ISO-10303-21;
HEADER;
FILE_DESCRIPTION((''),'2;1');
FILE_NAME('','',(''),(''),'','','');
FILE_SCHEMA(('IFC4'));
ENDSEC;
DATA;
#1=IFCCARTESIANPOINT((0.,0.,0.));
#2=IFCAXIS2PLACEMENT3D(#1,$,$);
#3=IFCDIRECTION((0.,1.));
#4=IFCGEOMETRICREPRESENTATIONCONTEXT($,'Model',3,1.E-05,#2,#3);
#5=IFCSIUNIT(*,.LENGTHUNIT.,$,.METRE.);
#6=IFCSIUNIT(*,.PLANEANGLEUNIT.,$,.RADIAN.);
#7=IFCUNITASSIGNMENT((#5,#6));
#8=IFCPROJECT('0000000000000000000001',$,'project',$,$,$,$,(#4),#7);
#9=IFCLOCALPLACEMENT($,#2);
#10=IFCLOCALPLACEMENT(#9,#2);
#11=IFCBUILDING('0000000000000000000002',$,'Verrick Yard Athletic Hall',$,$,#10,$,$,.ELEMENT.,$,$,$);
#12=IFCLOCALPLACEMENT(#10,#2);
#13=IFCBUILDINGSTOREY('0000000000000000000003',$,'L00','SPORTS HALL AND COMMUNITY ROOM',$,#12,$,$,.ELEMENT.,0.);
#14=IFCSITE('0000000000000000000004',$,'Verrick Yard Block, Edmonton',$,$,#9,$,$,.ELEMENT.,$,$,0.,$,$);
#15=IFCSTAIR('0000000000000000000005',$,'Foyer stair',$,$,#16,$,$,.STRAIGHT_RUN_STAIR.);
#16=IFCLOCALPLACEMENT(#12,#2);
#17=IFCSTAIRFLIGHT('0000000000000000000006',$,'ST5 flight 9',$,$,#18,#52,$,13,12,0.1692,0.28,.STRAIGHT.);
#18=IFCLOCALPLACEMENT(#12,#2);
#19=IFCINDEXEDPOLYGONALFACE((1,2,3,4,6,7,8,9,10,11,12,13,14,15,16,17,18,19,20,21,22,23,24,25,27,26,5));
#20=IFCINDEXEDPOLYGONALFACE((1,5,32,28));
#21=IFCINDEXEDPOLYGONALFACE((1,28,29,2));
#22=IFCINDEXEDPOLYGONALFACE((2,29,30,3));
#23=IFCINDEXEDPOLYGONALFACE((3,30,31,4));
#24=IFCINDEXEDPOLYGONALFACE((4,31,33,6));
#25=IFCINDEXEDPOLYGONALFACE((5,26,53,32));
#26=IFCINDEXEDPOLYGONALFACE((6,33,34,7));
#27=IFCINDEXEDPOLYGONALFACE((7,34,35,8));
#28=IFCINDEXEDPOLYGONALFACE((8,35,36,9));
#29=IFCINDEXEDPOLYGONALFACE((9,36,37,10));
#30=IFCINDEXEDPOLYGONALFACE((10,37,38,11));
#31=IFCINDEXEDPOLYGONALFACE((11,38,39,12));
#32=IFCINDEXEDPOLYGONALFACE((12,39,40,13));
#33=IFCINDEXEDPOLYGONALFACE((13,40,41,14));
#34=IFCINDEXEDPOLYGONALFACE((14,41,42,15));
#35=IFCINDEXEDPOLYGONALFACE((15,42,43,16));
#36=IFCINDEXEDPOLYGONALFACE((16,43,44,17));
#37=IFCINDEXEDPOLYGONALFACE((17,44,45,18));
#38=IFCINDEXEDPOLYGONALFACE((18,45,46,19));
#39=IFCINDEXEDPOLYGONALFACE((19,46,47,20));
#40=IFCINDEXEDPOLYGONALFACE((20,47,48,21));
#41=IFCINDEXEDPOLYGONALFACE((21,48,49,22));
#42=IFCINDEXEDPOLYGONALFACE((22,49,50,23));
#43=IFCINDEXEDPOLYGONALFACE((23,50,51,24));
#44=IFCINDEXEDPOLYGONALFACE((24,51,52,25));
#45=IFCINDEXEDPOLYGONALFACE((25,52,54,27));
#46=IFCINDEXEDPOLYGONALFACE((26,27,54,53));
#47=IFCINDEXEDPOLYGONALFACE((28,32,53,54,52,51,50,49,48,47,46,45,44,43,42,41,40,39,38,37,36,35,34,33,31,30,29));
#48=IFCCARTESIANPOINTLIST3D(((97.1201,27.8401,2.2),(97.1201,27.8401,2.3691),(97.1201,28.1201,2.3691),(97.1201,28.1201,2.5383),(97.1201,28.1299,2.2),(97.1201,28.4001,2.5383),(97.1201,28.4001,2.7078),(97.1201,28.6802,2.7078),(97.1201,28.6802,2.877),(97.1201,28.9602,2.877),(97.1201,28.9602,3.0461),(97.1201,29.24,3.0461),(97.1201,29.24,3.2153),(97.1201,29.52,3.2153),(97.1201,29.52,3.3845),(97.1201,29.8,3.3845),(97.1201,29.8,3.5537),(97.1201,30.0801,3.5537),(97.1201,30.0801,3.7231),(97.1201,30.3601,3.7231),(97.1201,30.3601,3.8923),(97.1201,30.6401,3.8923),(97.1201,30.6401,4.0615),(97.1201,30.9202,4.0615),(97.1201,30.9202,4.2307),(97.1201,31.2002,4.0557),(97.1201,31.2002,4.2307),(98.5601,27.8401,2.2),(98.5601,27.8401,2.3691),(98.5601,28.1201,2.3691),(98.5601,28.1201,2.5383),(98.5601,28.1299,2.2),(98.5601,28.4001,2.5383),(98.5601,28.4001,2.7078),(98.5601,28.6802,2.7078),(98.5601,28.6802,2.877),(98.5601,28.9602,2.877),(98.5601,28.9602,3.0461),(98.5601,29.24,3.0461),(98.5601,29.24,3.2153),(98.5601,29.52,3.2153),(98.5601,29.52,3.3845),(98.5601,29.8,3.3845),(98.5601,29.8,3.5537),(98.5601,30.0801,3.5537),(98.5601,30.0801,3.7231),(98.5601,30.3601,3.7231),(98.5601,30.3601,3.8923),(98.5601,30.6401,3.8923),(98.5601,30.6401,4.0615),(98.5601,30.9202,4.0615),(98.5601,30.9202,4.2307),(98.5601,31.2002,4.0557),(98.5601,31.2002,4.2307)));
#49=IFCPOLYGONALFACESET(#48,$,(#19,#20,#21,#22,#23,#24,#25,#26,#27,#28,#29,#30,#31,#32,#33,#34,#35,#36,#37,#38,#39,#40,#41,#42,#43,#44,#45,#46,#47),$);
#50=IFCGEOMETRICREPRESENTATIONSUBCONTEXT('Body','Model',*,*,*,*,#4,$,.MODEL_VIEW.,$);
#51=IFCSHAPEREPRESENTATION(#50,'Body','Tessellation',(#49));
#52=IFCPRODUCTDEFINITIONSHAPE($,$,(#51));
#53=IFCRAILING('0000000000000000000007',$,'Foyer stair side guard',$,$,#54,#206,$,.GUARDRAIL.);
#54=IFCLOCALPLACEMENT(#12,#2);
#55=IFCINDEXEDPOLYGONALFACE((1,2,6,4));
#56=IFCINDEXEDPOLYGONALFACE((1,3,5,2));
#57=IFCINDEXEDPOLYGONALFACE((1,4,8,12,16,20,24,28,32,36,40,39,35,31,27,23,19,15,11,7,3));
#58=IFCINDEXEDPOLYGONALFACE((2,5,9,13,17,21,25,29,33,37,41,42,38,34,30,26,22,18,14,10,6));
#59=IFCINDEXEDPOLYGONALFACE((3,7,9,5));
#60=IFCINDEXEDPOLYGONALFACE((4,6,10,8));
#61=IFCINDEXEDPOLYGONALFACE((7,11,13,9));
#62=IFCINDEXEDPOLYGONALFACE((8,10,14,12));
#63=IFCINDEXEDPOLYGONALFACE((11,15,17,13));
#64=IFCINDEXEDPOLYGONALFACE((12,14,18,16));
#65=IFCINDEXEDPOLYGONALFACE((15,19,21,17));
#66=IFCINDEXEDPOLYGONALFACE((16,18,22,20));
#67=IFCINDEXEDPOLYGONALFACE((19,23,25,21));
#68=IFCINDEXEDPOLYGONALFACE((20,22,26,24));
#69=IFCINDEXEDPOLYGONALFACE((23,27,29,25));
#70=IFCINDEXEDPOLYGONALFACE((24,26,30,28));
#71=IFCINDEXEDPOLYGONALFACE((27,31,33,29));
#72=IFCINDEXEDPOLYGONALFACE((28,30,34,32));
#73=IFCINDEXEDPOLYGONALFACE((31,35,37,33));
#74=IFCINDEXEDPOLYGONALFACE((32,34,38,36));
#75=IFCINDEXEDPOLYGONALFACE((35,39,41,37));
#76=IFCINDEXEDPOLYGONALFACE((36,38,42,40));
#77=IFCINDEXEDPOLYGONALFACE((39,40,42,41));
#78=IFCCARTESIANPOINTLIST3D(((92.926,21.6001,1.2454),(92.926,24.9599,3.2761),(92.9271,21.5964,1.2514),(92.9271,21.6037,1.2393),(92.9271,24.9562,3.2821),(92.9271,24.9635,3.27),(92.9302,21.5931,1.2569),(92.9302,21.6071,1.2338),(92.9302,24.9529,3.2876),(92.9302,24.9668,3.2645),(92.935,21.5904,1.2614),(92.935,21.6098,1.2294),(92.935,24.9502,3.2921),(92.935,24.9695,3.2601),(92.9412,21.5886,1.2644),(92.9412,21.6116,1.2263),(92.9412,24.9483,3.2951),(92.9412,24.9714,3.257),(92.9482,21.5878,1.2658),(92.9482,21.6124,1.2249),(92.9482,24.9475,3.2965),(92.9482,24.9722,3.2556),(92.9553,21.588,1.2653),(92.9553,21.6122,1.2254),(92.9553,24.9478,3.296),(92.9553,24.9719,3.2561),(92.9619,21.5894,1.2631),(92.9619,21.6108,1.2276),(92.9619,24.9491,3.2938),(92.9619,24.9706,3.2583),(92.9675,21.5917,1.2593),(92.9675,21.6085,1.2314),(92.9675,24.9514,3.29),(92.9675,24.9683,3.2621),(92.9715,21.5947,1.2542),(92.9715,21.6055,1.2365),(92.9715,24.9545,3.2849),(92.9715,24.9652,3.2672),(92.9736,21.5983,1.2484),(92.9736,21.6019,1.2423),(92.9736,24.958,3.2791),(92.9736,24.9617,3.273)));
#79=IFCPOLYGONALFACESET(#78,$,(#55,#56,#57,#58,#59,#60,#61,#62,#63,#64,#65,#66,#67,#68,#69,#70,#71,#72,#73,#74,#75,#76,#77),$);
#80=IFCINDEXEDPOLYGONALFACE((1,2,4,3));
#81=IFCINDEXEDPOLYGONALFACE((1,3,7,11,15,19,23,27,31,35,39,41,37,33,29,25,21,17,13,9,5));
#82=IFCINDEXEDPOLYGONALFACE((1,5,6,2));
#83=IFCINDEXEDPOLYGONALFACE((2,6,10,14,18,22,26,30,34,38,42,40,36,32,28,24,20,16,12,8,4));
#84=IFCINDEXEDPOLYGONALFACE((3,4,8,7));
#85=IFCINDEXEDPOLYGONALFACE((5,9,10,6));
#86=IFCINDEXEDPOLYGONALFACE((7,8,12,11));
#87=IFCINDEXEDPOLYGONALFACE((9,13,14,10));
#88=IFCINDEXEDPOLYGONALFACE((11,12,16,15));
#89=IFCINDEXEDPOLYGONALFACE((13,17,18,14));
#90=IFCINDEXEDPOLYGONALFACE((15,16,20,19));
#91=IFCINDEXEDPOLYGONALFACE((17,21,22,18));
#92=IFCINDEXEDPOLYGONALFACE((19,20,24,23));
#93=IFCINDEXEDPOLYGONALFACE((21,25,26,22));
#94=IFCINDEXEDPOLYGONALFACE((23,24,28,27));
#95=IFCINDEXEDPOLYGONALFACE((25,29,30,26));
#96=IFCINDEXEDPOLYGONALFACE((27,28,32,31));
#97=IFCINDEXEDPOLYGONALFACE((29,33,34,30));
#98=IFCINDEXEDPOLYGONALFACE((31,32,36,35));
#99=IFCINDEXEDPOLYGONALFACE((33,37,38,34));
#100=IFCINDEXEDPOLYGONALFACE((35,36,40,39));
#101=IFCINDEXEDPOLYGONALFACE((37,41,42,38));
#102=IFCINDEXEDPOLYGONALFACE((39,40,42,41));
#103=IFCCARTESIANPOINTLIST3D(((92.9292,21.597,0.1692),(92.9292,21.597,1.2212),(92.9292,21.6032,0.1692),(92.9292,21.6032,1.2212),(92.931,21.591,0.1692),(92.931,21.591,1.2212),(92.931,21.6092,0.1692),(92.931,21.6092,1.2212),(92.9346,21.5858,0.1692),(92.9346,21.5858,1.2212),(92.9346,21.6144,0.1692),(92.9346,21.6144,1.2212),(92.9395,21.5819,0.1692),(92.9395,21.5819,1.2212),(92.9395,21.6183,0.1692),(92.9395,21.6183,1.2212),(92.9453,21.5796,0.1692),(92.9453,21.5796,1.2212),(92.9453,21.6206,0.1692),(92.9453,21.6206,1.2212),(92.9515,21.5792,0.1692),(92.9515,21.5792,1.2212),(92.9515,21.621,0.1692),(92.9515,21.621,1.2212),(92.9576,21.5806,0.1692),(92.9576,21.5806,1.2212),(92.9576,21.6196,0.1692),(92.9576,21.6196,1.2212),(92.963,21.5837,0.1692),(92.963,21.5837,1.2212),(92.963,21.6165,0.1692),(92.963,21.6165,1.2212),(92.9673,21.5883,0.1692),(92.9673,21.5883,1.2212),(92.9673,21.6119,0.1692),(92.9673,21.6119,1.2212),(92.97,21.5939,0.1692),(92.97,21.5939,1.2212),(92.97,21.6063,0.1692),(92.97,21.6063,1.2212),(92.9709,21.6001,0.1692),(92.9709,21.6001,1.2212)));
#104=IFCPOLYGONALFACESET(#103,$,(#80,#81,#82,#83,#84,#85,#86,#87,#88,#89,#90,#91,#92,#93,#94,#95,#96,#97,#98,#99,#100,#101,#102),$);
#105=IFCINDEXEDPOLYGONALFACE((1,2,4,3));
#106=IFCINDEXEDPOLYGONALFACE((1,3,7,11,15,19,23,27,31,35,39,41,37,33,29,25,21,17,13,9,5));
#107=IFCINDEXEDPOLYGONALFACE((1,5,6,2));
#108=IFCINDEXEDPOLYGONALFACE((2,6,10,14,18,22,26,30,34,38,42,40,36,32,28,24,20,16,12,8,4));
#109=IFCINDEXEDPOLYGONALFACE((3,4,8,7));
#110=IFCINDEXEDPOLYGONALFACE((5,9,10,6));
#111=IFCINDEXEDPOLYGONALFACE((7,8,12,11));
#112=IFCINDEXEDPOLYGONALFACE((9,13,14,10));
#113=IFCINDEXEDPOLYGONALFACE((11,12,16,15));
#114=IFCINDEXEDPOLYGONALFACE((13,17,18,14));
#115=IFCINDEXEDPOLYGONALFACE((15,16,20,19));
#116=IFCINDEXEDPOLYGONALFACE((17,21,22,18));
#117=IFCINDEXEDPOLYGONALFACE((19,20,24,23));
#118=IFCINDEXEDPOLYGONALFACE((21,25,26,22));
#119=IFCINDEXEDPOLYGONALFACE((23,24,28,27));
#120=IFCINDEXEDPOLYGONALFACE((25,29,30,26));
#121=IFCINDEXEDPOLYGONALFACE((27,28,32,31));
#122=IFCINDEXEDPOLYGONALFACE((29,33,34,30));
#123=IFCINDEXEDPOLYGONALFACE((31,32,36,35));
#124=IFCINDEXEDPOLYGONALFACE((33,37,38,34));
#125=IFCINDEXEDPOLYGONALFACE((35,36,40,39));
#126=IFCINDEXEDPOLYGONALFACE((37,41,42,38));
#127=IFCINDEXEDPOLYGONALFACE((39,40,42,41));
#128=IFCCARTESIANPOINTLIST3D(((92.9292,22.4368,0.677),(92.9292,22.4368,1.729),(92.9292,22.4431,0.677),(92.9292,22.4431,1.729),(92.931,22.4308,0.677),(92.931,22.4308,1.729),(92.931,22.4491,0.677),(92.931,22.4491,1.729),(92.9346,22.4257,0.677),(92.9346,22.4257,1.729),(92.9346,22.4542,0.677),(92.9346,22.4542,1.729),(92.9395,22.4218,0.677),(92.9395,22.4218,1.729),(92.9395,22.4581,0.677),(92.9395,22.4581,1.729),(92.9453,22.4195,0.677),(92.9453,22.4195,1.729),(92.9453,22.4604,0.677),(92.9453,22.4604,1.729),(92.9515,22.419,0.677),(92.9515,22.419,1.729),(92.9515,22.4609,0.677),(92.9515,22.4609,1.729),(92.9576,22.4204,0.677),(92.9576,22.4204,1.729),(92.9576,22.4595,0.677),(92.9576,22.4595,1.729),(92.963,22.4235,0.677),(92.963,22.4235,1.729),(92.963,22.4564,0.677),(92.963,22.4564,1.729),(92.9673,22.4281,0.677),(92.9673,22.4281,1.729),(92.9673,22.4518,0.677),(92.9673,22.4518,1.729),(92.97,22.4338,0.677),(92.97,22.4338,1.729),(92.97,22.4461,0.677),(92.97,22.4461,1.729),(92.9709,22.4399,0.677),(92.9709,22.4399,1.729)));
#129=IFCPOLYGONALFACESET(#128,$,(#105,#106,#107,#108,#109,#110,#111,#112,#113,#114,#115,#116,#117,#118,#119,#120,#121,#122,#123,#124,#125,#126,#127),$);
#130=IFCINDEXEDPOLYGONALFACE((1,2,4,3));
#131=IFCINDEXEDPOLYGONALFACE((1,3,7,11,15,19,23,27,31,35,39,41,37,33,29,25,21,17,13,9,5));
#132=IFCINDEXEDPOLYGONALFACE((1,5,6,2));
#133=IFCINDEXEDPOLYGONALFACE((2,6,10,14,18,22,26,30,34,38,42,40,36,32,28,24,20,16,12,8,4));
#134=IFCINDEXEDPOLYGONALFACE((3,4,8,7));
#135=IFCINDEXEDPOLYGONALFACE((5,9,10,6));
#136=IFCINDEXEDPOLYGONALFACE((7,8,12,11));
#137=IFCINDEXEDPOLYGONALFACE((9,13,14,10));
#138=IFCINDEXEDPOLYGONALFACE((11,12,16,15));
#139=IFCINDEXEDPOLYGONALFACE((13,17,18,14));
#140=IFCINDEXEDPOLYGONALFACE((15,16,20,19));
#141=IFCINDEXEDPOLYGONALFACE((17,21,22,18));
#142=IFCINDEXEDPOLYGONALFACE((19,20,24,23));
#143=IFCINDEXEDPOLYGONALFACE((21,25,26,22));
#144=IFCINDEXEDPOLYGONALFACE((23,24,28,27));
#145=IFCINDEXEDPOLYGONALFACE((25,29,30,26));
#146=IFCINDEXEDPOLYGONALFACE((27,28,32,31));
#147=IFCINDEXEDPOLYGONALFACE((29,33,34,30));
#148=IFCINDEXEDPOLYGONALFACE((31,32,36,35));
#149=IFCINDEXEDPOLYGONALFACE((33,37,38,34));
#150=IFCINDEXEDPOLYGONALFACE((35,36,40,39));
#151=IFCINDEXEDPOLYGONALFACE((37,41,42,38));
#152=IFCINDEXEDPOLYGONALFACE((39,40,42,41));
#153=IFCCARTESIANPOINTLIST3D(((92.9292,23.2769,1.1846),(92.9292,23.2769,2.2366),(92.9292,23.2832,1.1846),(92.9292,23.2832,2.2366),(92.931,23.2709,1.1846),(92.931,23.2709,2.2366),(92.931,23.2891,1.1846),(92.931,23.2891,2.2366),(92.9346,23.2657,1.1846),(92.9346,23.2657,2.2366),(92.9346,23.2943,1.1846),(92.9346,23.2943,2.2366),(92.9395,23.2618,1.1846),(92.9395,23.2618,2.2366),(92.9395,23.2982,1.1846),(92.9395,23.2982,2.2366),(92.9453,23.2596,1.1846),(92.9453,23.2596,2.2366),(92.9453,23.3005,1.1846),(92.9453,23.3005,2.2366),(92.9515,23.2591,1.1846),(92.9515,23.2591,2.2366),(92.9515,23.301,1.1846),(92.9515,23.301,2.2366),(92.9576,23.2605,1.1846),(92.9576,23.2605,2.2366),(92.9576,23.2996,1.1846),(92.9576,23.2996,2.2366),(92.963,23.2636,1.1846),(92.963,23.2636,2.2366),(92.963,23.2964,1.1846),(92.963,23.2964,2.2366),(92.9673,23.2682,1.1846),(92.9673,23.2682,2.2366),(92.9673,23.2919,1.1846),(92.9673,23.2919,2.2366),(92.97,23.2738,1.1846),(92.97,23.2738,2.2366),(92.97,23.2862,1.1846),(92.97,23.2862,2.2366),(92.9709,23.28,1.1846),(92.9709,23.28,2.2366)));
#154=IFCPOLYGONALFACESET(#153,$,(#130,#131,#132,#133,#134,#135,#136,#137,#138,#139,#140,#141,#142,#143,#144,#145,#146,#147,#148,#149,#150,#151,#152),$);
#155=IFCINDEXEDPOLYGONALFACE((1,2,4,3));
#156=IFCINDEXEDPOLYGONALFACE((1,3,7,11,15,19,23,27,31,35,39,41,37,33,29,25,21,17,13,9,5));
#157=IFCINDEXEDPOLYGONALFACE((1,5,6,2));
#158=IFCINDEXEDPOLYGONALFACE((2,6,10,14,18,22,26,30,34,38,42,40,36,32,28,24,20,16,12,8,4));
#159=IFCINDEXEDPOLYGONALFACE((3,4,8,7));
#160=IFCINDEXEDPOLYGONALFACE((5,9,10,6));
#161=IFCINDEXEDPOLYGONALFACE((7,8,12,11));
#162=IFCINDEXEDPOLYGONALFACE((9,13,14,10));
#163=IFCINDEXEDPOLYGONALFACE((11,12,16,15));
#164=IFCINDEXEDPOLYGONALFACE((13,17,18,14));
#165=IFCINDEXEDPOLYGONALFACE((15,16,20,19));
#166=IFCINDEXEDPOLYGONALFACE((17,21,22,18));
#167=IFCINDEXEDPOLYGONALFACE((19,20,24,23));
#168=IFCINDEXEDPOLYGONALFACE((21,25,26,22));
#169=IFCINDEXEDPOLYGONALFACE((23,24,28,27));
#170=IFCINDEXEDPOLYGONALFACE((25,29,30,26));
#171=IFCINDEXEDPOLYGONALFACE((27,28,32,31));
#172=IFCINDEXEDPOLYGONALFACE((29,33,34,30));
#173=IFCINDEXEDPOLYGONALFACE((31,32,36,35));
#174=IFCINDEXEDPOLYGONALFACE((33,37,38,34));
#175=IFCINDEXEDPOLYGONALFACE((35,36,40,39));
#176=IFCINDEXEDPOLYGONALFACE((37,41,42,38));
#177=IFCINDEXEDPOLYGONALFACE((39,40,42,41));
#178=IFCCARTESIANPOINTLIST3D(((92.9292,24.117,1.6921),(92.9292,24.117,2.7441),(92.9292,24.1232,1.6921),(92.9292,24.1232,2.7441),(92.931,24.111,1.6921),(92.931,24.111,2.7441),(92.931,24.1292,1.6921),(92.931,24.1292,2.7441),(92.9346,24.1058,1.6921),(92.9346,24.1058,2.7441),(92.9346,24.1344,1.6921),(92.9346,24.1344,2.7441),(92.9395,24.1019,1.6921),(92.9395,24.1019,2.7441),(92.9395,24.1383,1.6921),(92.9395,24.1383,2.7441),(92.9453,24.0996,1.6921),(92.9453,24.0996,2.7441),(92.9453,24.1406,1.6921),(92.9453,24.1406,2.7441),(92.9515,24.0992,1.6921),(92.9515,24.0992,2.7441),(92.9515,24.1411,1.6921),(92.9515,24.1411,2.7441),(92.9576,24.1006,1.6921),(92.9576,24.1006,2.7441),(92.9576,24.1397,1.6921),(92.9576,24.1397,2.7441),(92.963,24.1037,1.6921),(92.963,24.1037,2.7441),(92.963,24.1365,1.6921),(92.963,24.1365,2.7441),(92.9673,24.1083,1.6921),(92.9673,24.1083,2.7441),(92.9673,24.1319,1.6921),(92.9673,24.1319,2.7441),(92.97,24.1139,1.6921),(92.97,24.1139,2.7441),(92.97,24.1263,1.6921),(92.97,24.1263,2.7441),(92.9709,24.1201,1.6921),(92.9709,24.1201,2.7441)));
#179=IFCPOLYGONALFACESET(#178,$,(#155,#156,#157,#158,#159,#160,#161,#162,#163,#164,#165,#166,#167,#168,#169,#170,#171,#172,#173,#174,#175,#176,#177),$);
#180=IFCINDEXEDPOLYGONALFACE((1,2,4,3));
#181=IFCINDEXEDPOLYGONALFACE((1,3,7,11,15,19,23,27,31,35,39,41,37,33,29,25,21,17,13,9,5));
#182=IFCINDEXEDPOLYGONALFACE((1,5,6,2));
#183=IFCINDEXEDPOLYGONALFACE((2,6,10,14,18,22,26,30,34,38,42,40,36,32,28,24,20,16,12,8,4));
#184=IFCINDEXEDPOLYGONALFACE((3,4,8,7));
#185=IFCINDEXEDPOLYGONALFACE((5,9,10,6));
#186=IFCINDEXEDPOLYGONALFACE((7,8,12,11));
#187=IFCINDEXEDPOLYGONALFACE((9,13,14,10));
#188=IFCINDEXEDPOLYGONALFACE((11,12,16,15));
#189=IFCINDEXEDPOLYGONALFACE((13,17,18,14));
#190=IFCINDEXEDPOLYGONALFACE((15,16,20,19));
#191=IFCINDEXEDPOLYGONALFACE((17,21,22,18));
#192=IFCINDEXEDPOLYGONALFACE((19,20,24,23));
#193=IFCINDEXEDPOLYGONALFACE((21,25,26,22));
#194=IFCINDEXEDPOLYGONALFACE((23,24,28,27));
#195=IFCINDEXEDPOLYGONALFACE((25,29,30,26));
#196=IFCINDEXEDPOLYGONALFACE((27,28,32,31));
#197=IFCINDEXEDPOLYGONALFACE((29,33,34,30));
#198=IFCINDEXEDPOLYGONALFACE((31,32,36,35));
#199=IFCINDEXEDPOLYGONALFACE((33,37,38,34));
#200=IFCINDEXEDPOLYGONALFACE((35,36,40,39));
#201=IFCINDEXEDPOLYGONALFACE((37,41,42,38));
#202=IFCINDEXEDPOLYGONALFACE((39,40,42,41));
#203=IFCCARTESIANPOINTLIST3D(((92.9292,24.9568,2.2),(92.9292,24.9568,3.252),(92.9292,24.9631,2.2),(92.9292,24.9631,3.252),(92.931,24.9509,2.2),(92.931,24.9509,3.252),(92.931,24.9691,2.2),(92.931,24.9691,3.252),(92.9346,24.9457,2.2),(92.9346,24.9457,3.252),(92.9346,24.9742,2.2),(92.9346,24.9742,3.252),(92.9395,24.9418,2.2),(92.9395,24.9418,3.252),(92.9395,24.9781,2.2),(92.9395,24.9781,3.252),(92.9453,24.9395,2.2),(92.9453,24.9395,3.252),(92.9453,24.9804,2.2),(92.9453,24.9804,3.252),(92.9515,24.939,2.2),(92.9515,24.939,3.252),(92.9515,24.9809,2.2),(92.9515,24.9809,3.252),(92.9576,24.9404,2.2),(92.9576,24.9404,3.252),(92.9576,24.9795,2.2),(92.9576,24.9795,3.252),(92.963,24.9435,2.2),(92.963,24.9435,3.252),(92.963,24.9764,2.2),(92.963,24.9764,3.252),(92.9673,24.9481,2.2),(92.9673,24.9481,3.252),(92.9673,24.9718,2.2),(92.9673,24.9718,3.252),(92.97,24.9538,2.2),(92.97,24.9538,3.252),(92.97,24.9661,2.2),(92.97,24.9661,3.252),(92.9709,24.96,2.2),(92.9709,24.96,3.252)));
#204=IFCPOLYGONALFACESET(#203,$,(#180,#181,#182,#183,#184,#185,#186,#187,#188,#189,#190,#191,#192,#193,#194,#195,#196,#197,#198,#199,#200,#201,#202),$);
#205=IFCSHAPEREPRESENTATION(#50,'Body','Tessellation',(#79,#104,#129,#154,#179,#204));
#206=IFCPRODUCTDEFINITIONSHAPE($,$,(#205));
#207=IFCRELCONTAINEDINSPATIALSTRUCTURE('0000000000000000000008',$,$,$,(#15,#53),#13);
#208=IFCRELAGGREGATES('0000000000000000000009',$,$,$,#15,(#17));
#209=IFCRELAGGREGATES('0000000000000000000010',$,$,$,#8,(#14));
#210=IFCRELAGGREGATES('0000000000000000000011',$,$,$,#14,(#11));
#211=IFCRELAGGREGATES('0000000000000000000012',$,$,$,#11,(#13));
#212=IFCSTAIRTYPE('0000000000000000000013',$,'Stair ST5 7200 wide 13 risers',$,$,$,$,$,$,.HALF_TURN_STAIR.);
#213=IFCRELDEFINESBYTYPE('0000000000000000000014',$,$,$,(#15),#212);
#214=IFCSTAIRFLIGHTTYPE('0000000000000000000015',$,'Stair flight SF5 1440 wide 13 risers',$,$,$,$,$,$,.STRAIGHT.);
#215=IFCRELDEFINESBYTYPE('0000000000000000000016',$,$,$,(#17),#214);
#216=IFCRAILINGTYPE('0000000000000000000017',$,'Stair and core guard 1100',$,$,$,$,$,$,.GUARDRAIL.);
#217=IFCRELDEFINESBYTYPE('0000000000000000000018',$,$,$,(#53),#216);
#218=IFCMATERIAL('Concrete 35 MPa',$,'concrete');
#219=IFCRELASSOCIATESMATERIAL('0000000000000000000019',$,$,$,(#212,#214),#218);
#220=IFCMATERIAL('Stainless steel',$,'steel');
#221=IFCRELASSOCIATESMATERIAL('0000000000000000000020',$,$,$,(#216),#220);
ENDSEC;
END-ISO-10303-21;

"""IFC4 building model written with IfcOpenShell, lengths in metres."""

from ifc_helpers import new_model, si_unit, direction, frame, origin, origin_2d, place, context, subcontext, project, spatial, polyline, circle, outline, extrude, material, type_object, element, aggregate, save


model = new_model("IFC4")

# Units and contexts
model_context = context("Model", 3, precision=1e-05, world=origin(), true_north=direction((0.0, 1.0)))
body_context = subcontext(model_context, "Body", "Model", "MODEL_VIEW")
ifc_project = project(units=[si_unit("LENGTHUNIT", "METRE"), si_unit("PLANEANGLEUNIT", "RADIAN")], contexts=[model_context])

# Site, building, storey
site_placement = place(None, origin())
site = spatial("IfcSite", under=ifc_project, at=site_placement, Name="Verrick Yard Block, Edmonton", CompositionType="ELEMENT", RefElevation=0.0)
building_placement = place(site_placement, origin())
building = spatial("IfcBuilding", under=site, at=building_placement, Name="Verrick Yard Athletic Hall", CompositionType="ELEMENT")
storey_placement = place(building_placement, origin())
storey = spatial("IfcBuildingStorey", under=building, at=storey_placement, Name="L00", Description="SPORTS HALL AND COMMUNITY ROOM", CompositionType="ELEMENT", Elevation=0.0)

# Shared definitions
ifc_material_1 = material(Name="Concrete 35 MPa", Category="concrete")

# Stair, stair flight
stair_type = type_object("IfcStairType", Name="Stair ST5 7200 wide 13 risers", PredefinedType="HALF_TURN_STAIR", material=ifc_material_1)
stair_placement = place(storey_placement, origin())
stair = element("IfcStair", 1, at=stair_placement, inside=storey, type_object=stair_type, Name="Foyer stair", PredefinedType="STRAIGHT_RUN_STAIR")
stair_flight_type = type_object("IfcStairFlightType", Name="Stair flight SF5 1440 wide 13 risers", PredefinedType="STRAIGHT", material=ifc_material_1)
stair_flight_1_placement = place(storey_placement, frame((97.8401, 27.8401, 2.2), z_axis=(0.0, 0.0, 1.0), x_axis=(0.0, 1.0, 0.0)))
stair_flight_1 = element("IfcStairFlight", 2, at=stair_flight_1_placement, type_object=stair_flight_type, Name="ST5 flight 9", NumberOfRisers=13, NumberOfTreads=12, PredefinedType="STRAIGHT", RiserHeight=0.1692, TreadLength=0.28, context=body_context, shape_type="SweptSolid", body=[
    extrude(outline(polyline([(0.0, 0.0), (0.0, 0.1692), (0.28, 0.1692), (0.28, 0.3384), (0.5601, 0.3384), (0.5601, 0.5078), (0.8401, 0.5078), (0.8401, 0.677), (1.1201, 0.677), (1.1201, 0.8462), (1.3999, 0.8462), (1.3999, 1.0154), (1.6799, 1.0154), (1.6799, 1.1846), (1.96, 1.1846), (1.96, 1.3538), (2.24, 1.3538), (2.24, 1.5232), (2.52, 1.5232), (2.52, 1.6924), (2.8, 1.6924), (2.8, 1.8616), (3.0801, 1.8616), (3.0801, 2.0308), (3.3601, 2.0308), (3.3601, 2.2), (3.3601, 1.8557), (0.2898, 0.0), (0.0, 0.0)])), frame((0.0, 0.72, 0.0), z_axis=(0.0, -1.0, 0.0), x_axis=(1.0, 0.0, 0.0)), (0.0, 0.0, 1.0), 1.4399),
])
aggregate(stair, [stair_flight_1])

# Railing
ifc_material_2 = material(Name="Stainless steel", Category="steel")
railing_type_1 = type_object("IfcRailingType", Name="Stair and core guard 1100", PredefinedType="GUARDRAIL", material=ifc_material_2)
for number, where, name in (
    (3, (92.95, 21.6001, 0.1692), "Foyer stair side guard"),
):
    element("IfcRailing", number, at=place(storey_placement, frame(where)), inside=storey, type_object=railing_type_1, Name=name, PredefinedType="GUARDRAIL", context=body_context, shape_type="SweptSolid", body=[
        extrude(circle(Radius=0.0239, at=origin_2d()), frame((0.0, 0.0, 1.0762), z_axis=(0.0, 0.85582, 0.517273), x_axis=(-1.0, 0.0, 0.0)), (0.0, 0.0, 1.0), 3.9258),
        extrude(circle(Radius=0.021, at=origin_2d()), origin(), (0.0, 0.0, 1.0), 1.052),
        extrude(circle(Radius=0.021, at=origin_2d()), frame((0.0, 0.8398, 0.5078)), (0.0, 0.0, 1.0), 1.052),
        extrude(circle(Radius=0.021, at=origin_2d()), frame((0.0, 1.6799, 1.0154)), (0.0, 0.0, 1.0), 1.052),
        extrude(circle(Radius=0.021, at=origin_2d()), frame((0.0, 2.52, 1.5229)), (0.0, 0.0, 1.0), 1.052),
        extrude(circle(Radius=0.021, at=origin_2d()), frame((0.0, 3.3599, 2.0308)), (0.0, 0.0, 1.0), 1.052),
    ])

save(model, "model.ifc")
